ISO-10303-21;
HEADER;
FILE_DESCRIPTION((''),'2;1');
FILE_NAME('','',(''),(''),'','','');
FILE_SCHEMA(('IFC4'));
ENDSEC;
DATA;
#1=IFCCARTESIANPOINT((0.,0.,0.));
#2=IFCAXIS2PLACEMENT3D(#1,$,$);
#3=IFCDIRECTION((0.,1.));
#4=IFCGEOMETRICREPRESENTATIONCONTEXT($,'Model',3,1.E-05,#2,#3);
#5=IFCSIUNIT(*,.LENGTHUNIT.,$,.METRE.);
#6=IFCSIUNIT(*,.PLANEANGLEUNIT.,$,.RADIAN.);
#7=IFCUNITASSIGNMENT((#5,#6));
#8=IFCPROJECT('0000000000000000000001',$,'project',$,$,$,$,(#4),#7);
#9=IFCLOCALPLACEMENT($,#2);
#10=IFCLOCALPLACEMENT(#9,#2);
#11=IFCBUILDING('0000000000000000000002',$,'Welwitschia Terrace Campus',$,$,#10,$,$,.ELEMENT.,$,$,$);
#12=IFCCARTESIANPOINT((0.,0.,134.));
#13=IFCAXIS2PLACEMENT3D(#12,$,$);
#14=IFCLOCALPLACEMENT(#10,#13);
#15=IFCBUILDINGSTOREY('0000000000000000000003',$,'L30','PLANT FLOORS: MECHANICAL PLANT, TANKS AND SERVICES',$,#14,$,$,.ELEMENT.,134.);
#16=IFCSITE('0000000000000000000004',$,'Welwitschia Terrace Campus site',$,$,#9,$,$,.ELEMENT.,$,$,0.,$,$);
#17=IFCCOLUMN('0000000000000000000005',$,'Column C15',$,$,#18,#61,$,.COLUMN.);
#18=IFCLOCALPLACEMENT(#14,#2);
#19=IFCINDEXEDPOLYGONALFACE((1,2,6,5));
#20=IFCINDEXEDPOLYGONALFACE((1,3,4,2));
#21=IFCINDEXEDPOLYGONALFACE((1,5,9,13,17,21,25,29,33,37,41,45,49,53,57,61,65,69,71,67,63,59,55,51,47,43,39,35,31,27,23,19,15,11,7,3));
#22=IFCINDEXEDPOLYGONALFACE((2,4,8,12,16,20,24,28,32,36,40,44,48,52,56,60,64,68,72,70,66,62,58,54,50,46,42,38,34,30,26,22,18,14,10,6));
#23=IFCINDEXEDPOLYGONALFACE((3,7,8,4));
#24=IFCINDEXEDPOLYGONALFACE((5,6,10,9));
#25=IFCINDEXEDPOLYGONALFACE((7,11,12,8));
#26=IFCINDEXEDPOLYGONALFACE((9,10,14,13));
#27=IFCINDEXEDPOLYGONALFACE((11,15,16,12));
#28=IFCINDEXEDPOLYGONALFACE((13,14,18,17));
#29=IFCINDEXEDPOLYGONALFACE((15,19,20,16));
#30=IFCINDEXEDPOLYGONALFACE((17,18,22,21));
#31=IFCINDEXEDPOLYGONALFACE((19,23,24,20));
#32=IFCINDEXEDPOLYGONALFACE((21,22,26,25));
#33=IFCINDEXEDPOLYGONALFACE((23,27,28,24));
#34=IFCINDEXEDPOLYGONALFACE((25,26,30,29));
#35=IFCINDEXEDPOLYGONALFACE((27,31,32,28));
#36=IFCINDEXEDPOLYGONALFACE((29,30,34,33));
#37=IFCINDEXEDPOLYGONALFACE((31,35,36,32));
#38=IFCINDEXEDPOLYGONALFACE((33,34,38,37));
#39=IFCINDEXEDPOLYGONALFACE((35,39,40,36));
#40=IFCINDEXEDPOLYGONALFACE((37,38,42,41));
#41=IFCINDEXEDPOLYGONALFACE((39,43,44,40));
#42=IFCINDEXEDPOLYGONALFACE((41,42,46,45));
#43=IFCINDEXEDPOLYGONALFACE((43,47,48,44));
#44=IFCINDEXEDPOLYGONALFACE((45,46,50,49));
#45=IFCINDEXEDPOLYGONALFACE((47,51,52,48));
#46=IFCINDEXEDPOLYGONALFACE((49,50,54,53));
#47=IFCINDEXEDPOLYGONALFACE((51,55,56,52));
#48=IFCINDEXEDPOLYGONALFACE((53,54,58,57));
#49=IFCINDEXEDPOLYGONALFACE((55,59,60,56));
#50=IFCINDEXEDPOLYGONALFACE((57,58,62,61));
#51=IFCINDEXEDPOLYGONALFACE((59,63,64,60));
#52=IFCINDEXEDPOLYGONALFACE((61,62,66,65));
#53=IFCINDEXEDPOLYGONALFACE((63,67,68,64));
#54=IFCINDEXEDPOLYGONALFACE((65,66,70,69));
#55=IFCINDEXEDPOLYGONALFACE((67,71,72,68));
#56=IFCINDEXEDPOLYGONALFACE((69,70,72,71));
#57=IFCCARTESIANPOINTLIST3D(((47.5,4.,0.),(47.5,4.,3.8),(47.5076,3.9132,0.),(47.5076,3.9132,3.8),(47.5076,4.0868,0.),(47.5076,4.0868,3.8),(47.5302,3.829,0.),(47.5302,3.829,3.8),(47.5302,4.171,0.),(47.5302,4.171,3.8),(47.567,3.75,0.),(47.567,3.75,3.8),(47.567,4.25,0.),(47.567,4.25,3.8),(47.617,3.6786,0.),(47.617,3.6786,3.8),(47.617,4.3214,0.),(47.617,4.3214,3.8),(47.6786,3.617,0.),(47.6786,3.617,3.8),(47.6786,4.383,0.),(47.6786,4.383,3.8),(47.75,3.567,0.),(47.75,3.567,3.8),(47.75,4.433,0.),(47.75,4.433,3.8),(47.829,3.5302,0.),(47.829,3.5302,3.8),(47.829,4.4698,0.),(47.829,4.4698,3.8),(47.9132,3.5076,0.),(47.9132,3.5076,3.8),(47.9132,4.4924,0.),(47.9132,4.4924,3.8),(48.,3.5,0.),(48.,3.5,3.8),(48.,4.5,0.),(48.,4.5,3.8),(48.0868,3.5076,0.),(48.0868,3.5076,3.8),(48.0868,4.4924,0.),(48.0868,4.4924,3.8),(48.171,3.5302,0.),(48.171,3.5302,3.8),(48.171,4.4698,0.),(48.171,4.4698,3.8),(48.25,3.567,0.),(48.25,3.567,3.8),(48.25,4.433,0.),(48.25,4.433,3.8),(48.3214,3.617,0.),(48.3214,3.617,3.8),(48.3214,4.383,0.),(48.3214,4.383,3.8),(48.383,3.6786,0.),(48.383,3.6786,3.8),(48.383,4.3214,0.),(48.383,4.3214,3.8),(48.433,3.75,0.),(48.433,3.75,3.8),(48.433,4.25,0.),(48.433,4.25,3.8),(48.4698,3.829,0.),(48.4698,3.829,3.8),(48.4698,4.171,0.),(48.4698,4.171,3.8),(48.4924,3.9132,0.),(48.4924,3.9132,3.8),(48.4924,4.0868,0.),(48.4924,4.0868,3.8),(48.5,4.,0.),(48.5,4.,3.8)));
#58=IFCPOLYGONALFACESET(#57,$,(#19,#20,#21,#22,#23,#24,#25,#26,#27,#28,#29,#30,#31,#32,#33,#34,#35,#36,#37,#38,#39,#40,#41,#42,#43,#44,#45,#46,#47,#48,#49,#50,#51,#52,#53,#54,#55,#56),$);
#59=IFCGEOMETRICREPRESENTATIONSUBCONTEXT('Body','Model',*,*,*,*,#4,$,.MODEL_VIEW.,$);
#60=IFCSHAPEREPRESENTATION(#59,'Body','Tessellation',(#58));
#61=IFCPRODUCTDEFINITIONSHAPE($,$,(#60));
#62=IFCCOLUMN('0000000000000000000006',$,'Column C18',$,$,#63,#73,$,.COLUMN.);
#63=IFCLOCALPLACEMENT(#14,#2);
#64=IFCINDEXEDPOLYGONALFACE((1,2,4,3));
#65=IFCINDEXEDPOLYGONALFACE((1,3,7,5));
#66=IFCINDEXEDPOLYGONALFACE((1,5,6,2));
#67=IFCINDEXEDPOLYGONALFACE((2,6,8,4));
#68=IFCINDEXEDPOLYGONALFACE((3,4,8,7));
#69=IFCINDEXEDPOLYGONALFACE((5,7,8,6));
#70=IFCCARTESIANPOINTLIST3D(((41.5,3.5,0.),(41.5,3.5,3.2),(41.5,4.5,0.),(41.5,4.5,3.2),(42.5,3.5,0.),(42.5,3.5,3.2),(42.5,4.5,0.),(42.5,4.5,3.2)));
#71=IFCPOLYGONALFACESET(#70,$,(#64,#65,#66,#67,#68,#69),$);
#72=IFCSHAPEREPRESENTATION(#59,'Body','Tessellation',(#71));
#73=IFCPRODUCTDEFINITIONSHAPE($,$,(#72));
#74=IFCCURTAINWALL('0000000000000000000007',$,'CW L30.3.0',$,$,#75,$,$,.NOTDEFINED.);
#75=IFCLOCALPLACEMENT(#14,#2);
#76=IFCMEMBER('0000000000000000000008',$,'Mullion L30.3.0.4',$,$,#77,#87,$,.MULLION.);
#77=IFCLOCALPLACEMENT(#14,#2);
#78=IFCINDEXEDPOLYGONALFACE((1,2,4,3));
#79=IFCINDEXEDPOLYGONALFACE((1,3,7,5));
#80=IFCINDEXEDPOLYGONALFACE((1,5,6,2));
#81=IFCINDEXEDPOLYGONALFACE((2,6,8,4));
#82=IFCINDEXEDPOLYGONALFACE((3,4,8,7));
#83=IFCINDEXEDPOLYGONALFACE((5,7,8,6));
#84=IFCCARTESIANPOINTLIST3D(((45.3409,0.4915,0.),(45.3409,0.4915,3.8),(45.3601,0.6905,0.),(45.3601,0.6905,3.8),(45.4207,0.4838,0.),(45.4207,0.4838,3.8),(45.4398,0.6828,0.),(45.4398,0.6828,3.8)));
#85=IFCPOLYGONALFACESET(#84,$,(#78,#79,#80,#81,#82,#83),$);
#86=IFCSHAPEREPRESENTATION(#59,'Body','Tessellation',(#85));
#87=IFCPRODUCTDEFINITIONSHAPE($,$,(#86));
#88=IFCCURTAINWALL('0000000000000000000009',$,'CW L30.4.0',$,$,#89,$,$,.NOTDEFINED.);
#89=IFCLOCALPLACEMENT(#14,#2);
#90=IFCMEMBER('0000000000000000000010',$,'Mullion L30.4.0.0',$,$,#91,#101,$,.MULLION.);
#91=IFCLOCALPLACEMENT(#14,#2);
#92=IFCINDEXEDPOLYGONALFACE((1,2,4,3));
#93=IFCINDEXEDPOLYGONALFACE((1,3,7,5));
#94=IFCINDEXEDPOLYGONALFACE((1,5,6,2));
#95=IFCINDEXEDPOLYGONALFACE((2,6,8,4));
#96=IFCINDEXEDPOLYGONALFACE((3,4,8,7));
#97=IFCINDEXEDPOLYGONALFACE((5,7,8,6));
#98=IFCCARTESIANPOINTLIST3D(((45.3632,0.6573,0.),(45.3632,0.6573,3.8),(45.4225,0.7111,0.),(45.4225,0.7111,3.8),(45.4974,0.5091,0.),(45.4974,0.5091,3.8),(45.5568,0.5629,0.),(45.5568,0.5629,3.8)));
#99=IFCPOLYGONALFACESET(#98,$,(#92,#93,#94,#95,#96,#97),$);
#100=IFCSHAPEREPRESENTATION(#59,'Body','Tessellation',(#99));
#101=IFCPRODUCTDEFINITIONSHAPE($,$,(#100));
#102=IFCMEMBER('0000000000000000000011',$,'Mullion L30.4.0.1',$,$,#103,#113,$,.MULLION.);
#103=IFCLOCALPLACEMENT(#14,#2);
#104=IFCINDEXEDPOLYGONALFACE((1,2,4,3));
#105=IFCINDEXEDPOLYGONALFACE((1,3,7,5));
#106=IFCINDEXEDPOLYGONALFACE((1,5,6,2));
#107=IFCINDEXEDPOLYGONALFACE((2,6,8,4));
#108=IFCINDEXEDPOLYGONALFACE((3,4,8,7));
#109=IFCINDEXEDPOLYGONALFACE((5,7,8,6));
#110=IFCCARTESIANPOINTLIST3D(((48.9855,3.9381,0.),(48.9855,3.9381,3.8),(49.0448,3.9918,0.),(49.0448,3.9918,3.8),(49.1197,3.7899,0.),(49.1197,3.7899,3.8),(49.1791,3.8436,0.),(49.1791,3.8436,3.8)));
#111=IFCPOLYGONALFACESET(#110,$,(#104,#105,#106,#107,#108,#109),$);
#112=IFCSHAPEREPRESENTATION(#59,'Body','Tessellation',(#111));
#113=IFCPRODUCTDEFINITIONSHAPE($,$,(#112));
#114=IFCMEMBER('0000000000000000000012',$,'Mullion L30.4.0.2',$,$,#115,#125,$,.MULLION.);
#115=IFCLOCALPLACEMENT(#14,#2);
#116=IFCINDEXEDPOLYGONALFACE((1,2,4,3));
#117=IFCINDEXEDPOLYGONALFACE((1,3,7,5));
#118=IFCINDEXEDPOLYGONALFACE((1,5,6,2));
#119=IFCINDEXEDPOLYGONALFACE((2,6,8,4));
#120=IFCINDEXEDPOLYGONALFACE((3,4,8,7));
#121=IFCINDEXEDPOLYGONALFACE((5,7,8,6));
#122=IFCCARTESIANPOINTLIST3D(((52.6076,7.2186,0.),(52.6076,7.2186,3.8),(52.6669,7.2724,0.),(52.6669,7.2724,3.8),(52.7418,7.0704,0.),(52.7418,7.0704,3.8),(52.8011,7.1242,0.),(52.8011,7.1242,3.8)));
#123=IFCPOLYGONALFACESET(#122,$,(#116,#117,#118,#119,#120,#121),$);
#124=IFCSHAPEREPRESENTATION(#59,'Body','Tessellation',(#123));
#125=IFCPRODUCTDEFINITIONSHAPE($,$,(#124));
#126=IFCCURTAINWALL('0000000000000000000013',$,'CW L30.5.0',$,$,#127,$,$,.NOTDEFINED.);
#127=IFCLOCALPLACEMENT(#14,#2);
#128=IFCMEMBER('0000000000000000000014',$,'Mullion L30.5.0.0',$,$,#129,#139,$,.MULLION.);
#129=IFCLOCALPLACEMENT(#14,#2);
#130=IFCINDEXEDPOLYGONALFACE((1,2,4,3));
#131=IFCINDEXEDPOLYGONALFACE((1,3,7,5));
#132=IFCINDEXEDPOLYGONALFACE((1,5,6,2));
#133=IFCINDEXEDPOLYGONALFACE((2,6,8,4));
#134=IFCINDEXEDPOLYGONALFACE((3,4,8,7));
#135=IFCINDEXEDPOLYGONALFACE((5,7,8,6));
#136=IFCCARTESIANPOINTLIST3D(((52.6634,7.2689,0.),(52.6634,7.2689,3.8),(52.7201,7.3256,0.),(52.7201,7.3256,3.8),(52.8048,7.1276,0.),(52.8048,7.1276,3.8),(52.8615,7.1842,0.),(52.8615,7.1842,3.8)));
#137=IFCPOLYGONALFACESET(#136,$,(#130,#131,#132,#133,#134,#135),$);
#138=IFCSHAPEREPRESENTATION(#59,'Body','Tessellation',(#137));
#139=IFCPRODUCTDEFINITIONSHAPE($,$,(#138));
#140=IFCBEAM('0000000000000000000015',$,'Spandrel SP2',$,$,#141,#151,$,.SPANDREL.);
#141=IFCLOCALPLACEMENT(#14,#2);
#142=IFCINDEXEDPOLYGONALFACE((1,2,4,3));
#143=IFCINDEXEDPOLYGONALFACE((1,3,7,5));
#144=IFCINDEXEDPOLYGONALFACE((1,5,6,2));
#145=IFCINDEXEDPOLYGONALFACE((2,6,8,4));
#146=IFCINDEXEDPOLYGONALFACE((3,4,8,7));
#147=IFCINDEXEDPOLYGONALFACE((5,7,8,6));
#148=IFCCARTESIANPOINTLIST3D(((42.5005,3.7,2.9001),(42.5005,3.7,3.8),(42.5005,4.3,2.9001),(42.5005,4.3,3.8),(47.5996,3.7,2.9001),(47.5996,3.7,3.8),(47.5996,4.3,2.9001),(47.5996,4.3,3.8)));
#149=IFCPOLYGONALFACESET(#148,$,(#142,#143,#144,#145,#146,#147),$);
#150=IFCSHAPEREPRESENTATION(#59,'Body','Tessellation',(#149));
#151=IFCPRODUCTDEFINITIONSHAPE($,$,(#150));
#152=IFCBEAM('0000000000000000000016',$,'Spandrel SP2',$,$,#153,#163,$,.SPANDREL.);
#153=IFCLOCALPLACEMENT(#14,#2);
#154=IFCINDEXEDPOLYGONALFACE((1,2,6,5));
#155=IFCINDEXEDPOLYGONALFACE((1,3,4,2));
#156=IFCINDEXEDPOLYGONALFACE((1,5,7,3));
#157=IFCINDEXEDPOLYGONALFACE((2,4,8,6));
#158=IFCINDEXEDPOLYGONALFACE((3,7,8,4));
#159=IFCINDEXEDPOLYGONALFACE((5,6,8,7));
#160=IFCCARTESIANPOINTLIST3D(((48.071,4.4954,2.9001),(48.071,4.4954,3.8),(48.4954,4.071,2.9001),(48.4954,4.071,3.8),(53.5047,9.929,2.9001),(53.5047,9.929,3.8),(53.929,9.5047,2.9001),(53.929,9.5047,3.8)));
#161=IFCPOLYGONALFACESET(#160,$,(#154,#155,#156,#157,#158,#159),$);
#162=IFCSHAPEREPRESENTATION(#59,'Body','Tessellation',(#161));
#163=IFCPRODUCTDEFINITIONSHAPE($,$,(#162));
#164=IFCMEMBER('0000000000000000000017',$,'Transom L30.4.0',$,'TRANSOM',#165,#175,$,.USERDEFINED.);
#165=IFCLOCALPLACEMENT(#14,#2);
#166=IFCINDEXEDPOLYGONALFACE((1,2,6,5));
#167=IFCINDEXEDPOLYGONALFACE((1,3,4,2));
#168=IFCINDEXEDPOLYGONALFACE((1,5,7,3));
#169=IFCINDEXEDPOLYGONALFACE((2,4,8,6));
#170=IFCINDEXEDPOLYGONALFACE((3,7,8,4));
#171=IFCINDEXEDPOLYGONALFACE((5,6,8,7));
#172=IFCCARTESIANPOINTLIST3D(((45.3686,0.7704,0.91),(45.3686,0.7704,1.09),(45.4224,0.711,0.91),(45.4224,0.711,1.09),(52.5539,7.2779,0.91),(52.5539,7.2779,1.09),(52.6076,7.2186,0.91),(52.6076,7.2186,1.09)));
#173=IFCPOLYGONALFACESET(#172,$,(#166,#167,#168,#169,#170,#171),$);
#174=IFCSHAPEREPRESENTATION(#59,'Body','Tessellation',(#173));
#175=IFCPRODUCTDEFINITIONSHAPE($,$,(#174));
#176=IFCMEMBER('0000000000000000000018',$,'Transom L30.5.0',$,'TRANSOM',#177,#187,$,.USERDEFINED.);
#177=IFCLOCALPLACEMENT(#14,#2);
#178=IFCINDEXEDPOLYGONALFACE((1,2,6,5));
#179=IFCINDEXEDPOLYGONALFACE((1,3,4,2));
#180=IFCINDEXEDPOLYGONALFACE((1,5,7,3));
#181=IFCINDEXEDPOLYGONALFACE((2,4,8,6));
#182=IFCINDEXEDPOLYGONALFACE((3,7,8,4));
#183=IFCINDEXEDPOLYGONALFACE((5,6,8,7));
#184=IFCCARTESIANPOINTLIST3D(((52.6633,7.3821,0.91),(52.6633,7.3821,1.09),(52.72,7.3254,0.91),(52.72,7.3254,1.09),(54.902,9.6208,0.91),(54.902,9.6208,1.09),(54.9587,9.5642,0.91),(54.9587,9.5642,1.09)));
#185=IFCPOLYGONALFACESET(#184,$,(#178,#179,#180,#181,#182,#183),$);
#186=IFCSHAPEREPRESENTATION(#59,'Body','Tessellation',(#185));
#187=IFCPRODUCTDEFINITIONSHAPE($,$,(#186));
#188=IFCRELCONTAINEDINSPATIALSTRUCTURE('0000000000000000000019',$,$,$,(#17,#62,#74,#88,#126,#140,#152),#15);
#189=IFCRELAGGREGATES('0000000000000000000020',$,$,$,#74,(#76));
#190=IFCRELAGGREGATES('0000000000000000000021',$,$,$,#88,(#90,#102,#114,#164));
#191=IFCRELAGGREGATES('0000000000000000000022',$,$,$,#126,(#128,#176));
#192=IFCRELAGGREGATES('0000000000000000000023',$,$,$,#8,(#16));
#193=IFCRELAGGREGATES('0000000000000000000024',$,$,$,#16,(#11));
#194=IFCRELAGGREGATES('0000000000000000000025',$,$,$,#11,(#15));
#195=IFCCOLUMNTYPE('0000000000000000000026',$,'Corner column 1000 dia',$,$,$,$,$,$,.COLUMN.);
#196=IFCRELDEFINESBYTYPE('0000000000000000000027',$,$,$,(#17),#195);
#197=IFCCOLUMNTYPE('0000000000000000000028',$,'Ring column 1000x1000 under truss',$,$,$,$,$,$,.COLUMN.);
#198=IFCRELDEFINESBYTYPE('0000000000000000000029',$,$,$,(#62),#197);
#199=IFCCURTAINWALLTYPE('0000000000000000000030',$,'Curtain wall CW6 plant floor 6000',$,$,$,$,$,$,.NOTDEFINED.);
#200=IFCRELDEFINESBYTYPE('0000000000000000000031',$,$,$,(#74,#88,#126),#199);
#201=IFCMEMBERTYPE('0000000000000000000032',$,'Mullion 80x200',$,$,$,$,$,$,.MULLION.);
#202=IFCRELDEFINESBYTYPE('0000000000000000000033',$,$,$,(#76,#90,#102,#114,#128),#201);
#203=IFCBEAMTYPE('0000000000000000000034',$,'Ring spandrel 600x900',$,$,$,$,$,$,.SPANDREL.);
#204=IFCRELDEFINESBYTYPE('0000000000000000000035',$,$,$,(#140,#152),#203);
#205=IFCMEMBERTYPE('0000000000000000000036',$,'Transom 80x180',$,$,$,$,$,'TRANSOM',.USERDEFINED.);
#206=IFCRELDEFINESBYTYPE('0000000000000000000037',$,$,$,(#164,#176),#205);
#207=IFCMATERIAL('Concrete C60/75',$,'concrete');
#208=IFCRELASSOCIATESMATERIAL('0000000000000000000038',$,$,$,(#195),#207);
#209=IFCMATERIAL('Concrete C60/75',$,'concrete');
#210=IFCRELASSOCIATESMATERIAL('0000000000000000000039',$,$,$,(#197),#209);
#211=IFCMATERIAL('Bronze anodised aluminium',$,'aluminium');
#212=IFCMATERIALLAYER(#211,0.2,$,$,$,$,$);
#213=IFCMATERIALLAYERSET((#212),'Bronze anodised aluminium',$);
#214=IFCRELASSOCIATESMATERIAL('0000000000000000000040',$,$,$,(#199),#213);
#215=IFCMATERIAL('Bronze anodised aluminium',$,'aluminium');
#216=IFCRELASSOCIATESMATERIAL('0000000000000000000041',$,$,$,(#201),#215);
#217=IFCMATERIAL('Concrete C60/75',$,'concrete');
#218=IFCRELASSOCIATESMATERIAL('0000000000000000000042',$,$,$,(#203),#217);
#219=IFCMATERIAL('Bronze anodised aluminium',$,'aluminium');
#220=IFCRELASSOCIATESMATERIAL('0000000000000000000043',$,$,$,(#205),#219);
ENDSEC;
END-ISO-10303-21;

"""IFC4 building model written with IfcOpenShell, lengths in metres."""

from ifc_helpers import new_model, si_unit, direction, frame, origin, origin_2d, place, context, subcontext, project, spatial, rectangle, circle, extrude, material, layer, layer_set, material_profile, profile_set, type_object, element, aggregate, save


model = new_model("IFC4")

# Units and contexts
model_context = context("Model", 3, precision=1e-05, world=origin(), true_north=direction((0.0, 1.0)))
body_context = subcontext(model_context, "Body", "Model", "MODEL_VIEW")
ifc_project = project(units=[si_unit("LENGTHUNIT", "METRE"), si_unit("PLANEANGLEUNIT", "RADIAN")], contexts=[model_context])

# Site, building, storey
site_placement = place(None, origin())
site = spatial("IfcSite", under=ifc_project, at=site_placement, Name="Welwitschia Terrace Campus site", CompositionType="ELEMENT", RefElevation=0.0)
building_placement = place(site_placement, origin())
building = spatial("IfcBuilding", under=site, at=building_placement, Name="Welwitschia Terrace Campus", CompositionType="ELEMENT")
storey_placement = place(building_placement, frame((0.0, 0.0, 134.0)))
storey = spatial("IfcBuildingStorey", under=building, at=storey_placement, Name="L30", Description="PLANT FLOORS: MECHANICAL PLANT, TANKS AND SERVICES", CompositionType="ELEMENT", Elevation=134.0)

# Columns
ifc_material_1 = material(Name="Concrete C60/75", Category="concrete")
ifc_material_profile_1 = material_profile(ifc_material_1, circle(Radius=0.5, at=origin_2d()))
ifc_profile_set_1 = profile_set([ifc_material_profile_1], Name="Concrete C60/75")
column_type_1 = type_object("IfcColumnType", Name="Corner column 1000 dia", PredefinedType="COLUMN", material=ifc_profile_set_1)
column_1_placement = place(storey_placement, frame((48.0, 4.0, 0.0), z_axis=(0.0, 0.0, 1.0), x_axis=(1.0, 0.0, 0.0)))
element("IfcColumn", 1, at=column_1_placement, inside=storey, type_object=column_type_1, Name="Column C15", PredefinedType="COLUMN", context=body_context, shape_type="SweptSolid", body=[
    extrude(circle(Radius=0.5, at=origin_2d()), origin(), (0.0, 0.0, 1.0), 3.8),
])
ifc_material_2 = material(Name="Concrete C60/75", Category="concrete")
ifc_material_profile_2 = material_profile(ifc_material_2, rectangle(XDim=1.0, YDim=1.0, at=origin_2d()))
ifc_profile_set_2 = profile_set([ifc_material_profile_2], Name="Concrete C60/75")
column_type_2 = type_object("IfcColumnType", Name="Ring column 1000x1000 under truss", PredefinedType="COLUMN", material=ifc_profile_set_2)
column_2_placement = place(storey_placement, frame((42.0, 4.0, 0.0), z_axis=(0.0, 0.0, 1.0), x_axis=(1.0, 0.0, 0.0)))
element("IfcColumn", 2, at=column_2_placement, inside=storey, type_object=column_type_2, Name="Column C18", PredefinedType="COLUMN", context=body_context, shape_type="SweptSolid", body=[
    extrude(rectangle(XDim=1.0, YDim=1.0, at=origin_2d()), origin(), (0.0, 0.0, 1.0), 3.2),
])

# Curtain wall, member
ifc_material_3 = material(Name="Bronze anodised aluminium", Category="aluminium")
ifc_layer_1 = layer(ifc_material_3, 0.2)
ifc_layer_set_1 = layer_set([ifc_layer_1], Name="Bronze anodised aluminium")
curtain_wall_type = type_object("IfcCurtainWallType", Name="Curtain wall CW6 plant floor 6000", PredefinedType="NOTDEFINED", material=ifc_layer_set_1)
curtain_wall_1_placement = place(storey_placement, origin())
curtain_wall_1 = element("IfcCurtainWall", 3, at=curtain_wall_1_placement, inside=storey, type_object=curtain_wall_type, Name="CW L30.3.0", PredefinedType="NOTDEFINED")
ifc_material_4 = material(Name="Bronze anodised aluminium", Category="aluminium")
ifc_material_profile_3 = material_profile(ifc_material_4, rectangle(XDim=0.2, YDim=0.0801, at=origin_2d()))
ifc_profile_set_3 = profile_set([ifc_material_profile_3], Name="Bronze anodised aluminium")
member_type_1 = type_object("IfcMemberType", Name="Mullion 80x200", PredefinedType="MULLION", material=ifc_profile_set_3)
member_1_placement = place(storey_placement, frame((45.3904, 0.5872, 0.0), z_axis=(0.0, 0.0, 1.0), x_axis=(0.095846, 0.995396, 0.0)))
member_1 = element("IfcMember", 4, at=member_1_placement, type_object=member_type_1, Name="Mullion L30.3.0.4", PredefinedType="MULLION", context=body_context, shape_type="SweptSolid", body=[
    extrude(rectangle(XDim=0.2, YDim=0.0801, at=origin_2d()), origin(), (0.0, 0.0, 1.0), 3.8),
])

# Curtain wall, members
curtain_wall_2_placement = place(storey_placement, origin())
curtain_wall_2 = element("IfcCurtainWall", 5, at=curtain_wall_2_placement, inside=storey, type_object=curtain_wall_type, Name="CW L30.4.0", PredefinedType="NOTDEFINED")
member_2_placement = place(storey_placement, frame((45.46, 0.6101, 0.0), z_axis=(0.0, 0.0, 1.0), x_axis=(-0.671291, 0.741194, 0.0)))
member_2 = element("IfcMember", 6, at=member_2_placement, type_object=member_type_1, Name="Mullion L30.4.0.0", PredefinedType="MULLION", context=body_context, shape_type="SweptSolid", body=[
    extrude(rectangle(XDim=0.2, YDim=0.0801, at=origin_2d()), origin(), (0.0, 0.0, 1.0), 3.8),
])
member_3_placement = place(storey_placement, frame((49.0823, 3.8909, 0.0), z_axis=(0.0, 0.0, 1.0), x_axis=(-0.671291, 0.741194, 0.0)))
member_3 = element("IfcMember", 7, at=member_3_placement, type_object=member_type_1, Name="Mullion L30.4.0.1", PredefinedType="MULLION", context=body_context, shape_type="SweptSolid", body=[
    extrude(rectangle(XDim=0.2, YDim=0.0801, at=origin_2d()), origin(), (0.0, 0.0, 1.0), 3.8),
])
member_4_placement = place(storey_placement, frame((52.7043, 7.1714, 0.0), z_axis=(0.0, 0.0, 1.0), x_axis=(-0.671291, 0.741194, 0.0)))
member_4 = element("IfcMember", 8, at=member_4_placement, type_object=member_type_1, Name="Mullion L30.4.0.2", PredefinedType="MULLION", context=body_context, shape_type="SweptSolid", body=[
    extrude(rectangle(XDim=0.2, YDim=0.0801, at=origin_2d()), origin(), (0.0, 0.0, 1.0), 3.8),
])

# Curtain wall, member
curtain_wall_3_placement = place(storey_placement, origin())
curtain_wall_3 = element("IfcCurtainWall", 9, at=curtain_wall_3_placement, inside=storey, type_object=curtain_wall_type, Name="CW L30.5.0", PredefinedType="NOTDEFINED")
member_5_placement = place(storey_placement, frame((52.7625, 7.2266, 0.0), z_axis=(0.0, 0.0, 1.0), x_axis=(-0.707107, 0.707107, 0.0)))
member_5 = element("IfcMember", 10, at=member_5_placement, type_object=member_type_1, Name="Mullion L30.5.0.0", PredefinedType="MULLION", context=body_context, shape_type="SweptSolid", body=[
    extrude(rectangle(XDim=0.2, YDim=0.0801, at=origin_2d()), origin(), (0.0, 0.0, 1.0), 3.8),
])

# Beams
ifc_material_5 = material(Name="Concrete C60/75", Category="concrete")
ifc_material_profile_4 = material_profile(ifc_material_5, rectangle(XDim=0.6001, YDim=0.8999, at=origin_2d()))
ifc_profile_set_4 = profile_set([ifc_material_profile_4], Name="Concrete C60/75")
beam_type = type_object("IfcBeamType", Name="Ring spandrel 600x900", PredefinedType="SPANDREL", material=ifc_profile_set_4)
beam_1_placement = place(storey_placement, frame((42.5005, 4.0, 3.3501), z_axis=(1.0, 0.0, 0.0), x_axis=(0.0, 1.0, 0.0)))
element("IfcBeam", 11, at=beam_1_placement, inside=storey, type_object=beam_type, Name="Spandrel SP2", PredefinedType="SPANDREL", context=body_context, shape_type="SweptSolid", body=[
    extrude(rectangle(XDim=0.6001, YDim=0.8999, at=origin_2d()), origin(), (0.0, 0.0, 1.0), 5.0991),
])
beam_2_placement = place(storey_placement, frame((48.2832, 4.2832, 3.3501), z_axis=(0.707107, 0.707107, 0.0), x_axis=(-0.707107, 0.707107, 0.0)))
element("IfcBeam", 12, at=beam_2_placement, inside=storey, type_object=beam_type, Name="Spandrel SP2", PredefinedType="SPANDREL", context=body_context, shape_type="SweptSolid", body=[
    extrude(rectangle(XDim=0.6001, YDim=0.8999, at=origin_2d()), origin(), (0.0, 0.0, 1.0), 7.6843),
])

# Members
ifc_material_6 = material(Name="Bronze anodised aluminium", Category="aluminium")
ifc_material_profile_5 = material_profile(ifc_material_6, rectangle(XDim=0.0801, YDim=0.1799, at=origin_2d()))
ifc_profile_set_5 = profile_set([ifc_material_profile_5], Name="Bronze anodised aluminium")
member_type_2 = type_object("IfcMemberType", Name="Transom 80x180", ElementType="TRANSOM", PredefinedType="USERDEFINED", material=ifc_profile_set_5)
member_6_placement = place(storey_placement, frame((45.3955, 0.7407, 1.0), z_axis=(0.741198, 0.671286, 0.0), x_axis=(-0.671286, 0.741198, 0.0)))
member_6 = element("IfcMember", 13, at=member_6_placement, type_object=member_type_2, Name="Transom L30.4.0", ObjectType="TRANSOM", PredefinedType="USERDEFINED", context=body_context, shape_type="SweptSolid", body=[
    extrude(rectangle(XDim=0.0801, YDim=0.1799, at=origin_2d()), origin(), (0.0, 0.0, 1.0), 9.6941),
])
member_7_placement = place(storey_placement, frame((52.6917, 7.3538, 1.0), z_axis=(0.707107, 0.707107, 0.0), x_axis=(-0.707107, 0.707107, 0.0)))
member_7 = element("IfcMember", 14, at=member_7_placement, type_object=member_type_2, Name="Transom L30.5.0", ObjectType="TRANSOM", PredefinedType="USERDEFINED", context=body_context, shape_type="SweptSolid", body=[
    extrude(rectangle(XDim=0.0801, YDim=0.1799, at=origin_2d()), origin(), (0.0, 0.0, 1.0), 3.166),
])

aggregate(curtain_wall_1, [member_1])
aggregate(curtain_wall_2, [member_2, member_3, member_4, member_6])
aggregate(curtain_wall_3, [member_5, member_7])

save(model, "model.ifc")
